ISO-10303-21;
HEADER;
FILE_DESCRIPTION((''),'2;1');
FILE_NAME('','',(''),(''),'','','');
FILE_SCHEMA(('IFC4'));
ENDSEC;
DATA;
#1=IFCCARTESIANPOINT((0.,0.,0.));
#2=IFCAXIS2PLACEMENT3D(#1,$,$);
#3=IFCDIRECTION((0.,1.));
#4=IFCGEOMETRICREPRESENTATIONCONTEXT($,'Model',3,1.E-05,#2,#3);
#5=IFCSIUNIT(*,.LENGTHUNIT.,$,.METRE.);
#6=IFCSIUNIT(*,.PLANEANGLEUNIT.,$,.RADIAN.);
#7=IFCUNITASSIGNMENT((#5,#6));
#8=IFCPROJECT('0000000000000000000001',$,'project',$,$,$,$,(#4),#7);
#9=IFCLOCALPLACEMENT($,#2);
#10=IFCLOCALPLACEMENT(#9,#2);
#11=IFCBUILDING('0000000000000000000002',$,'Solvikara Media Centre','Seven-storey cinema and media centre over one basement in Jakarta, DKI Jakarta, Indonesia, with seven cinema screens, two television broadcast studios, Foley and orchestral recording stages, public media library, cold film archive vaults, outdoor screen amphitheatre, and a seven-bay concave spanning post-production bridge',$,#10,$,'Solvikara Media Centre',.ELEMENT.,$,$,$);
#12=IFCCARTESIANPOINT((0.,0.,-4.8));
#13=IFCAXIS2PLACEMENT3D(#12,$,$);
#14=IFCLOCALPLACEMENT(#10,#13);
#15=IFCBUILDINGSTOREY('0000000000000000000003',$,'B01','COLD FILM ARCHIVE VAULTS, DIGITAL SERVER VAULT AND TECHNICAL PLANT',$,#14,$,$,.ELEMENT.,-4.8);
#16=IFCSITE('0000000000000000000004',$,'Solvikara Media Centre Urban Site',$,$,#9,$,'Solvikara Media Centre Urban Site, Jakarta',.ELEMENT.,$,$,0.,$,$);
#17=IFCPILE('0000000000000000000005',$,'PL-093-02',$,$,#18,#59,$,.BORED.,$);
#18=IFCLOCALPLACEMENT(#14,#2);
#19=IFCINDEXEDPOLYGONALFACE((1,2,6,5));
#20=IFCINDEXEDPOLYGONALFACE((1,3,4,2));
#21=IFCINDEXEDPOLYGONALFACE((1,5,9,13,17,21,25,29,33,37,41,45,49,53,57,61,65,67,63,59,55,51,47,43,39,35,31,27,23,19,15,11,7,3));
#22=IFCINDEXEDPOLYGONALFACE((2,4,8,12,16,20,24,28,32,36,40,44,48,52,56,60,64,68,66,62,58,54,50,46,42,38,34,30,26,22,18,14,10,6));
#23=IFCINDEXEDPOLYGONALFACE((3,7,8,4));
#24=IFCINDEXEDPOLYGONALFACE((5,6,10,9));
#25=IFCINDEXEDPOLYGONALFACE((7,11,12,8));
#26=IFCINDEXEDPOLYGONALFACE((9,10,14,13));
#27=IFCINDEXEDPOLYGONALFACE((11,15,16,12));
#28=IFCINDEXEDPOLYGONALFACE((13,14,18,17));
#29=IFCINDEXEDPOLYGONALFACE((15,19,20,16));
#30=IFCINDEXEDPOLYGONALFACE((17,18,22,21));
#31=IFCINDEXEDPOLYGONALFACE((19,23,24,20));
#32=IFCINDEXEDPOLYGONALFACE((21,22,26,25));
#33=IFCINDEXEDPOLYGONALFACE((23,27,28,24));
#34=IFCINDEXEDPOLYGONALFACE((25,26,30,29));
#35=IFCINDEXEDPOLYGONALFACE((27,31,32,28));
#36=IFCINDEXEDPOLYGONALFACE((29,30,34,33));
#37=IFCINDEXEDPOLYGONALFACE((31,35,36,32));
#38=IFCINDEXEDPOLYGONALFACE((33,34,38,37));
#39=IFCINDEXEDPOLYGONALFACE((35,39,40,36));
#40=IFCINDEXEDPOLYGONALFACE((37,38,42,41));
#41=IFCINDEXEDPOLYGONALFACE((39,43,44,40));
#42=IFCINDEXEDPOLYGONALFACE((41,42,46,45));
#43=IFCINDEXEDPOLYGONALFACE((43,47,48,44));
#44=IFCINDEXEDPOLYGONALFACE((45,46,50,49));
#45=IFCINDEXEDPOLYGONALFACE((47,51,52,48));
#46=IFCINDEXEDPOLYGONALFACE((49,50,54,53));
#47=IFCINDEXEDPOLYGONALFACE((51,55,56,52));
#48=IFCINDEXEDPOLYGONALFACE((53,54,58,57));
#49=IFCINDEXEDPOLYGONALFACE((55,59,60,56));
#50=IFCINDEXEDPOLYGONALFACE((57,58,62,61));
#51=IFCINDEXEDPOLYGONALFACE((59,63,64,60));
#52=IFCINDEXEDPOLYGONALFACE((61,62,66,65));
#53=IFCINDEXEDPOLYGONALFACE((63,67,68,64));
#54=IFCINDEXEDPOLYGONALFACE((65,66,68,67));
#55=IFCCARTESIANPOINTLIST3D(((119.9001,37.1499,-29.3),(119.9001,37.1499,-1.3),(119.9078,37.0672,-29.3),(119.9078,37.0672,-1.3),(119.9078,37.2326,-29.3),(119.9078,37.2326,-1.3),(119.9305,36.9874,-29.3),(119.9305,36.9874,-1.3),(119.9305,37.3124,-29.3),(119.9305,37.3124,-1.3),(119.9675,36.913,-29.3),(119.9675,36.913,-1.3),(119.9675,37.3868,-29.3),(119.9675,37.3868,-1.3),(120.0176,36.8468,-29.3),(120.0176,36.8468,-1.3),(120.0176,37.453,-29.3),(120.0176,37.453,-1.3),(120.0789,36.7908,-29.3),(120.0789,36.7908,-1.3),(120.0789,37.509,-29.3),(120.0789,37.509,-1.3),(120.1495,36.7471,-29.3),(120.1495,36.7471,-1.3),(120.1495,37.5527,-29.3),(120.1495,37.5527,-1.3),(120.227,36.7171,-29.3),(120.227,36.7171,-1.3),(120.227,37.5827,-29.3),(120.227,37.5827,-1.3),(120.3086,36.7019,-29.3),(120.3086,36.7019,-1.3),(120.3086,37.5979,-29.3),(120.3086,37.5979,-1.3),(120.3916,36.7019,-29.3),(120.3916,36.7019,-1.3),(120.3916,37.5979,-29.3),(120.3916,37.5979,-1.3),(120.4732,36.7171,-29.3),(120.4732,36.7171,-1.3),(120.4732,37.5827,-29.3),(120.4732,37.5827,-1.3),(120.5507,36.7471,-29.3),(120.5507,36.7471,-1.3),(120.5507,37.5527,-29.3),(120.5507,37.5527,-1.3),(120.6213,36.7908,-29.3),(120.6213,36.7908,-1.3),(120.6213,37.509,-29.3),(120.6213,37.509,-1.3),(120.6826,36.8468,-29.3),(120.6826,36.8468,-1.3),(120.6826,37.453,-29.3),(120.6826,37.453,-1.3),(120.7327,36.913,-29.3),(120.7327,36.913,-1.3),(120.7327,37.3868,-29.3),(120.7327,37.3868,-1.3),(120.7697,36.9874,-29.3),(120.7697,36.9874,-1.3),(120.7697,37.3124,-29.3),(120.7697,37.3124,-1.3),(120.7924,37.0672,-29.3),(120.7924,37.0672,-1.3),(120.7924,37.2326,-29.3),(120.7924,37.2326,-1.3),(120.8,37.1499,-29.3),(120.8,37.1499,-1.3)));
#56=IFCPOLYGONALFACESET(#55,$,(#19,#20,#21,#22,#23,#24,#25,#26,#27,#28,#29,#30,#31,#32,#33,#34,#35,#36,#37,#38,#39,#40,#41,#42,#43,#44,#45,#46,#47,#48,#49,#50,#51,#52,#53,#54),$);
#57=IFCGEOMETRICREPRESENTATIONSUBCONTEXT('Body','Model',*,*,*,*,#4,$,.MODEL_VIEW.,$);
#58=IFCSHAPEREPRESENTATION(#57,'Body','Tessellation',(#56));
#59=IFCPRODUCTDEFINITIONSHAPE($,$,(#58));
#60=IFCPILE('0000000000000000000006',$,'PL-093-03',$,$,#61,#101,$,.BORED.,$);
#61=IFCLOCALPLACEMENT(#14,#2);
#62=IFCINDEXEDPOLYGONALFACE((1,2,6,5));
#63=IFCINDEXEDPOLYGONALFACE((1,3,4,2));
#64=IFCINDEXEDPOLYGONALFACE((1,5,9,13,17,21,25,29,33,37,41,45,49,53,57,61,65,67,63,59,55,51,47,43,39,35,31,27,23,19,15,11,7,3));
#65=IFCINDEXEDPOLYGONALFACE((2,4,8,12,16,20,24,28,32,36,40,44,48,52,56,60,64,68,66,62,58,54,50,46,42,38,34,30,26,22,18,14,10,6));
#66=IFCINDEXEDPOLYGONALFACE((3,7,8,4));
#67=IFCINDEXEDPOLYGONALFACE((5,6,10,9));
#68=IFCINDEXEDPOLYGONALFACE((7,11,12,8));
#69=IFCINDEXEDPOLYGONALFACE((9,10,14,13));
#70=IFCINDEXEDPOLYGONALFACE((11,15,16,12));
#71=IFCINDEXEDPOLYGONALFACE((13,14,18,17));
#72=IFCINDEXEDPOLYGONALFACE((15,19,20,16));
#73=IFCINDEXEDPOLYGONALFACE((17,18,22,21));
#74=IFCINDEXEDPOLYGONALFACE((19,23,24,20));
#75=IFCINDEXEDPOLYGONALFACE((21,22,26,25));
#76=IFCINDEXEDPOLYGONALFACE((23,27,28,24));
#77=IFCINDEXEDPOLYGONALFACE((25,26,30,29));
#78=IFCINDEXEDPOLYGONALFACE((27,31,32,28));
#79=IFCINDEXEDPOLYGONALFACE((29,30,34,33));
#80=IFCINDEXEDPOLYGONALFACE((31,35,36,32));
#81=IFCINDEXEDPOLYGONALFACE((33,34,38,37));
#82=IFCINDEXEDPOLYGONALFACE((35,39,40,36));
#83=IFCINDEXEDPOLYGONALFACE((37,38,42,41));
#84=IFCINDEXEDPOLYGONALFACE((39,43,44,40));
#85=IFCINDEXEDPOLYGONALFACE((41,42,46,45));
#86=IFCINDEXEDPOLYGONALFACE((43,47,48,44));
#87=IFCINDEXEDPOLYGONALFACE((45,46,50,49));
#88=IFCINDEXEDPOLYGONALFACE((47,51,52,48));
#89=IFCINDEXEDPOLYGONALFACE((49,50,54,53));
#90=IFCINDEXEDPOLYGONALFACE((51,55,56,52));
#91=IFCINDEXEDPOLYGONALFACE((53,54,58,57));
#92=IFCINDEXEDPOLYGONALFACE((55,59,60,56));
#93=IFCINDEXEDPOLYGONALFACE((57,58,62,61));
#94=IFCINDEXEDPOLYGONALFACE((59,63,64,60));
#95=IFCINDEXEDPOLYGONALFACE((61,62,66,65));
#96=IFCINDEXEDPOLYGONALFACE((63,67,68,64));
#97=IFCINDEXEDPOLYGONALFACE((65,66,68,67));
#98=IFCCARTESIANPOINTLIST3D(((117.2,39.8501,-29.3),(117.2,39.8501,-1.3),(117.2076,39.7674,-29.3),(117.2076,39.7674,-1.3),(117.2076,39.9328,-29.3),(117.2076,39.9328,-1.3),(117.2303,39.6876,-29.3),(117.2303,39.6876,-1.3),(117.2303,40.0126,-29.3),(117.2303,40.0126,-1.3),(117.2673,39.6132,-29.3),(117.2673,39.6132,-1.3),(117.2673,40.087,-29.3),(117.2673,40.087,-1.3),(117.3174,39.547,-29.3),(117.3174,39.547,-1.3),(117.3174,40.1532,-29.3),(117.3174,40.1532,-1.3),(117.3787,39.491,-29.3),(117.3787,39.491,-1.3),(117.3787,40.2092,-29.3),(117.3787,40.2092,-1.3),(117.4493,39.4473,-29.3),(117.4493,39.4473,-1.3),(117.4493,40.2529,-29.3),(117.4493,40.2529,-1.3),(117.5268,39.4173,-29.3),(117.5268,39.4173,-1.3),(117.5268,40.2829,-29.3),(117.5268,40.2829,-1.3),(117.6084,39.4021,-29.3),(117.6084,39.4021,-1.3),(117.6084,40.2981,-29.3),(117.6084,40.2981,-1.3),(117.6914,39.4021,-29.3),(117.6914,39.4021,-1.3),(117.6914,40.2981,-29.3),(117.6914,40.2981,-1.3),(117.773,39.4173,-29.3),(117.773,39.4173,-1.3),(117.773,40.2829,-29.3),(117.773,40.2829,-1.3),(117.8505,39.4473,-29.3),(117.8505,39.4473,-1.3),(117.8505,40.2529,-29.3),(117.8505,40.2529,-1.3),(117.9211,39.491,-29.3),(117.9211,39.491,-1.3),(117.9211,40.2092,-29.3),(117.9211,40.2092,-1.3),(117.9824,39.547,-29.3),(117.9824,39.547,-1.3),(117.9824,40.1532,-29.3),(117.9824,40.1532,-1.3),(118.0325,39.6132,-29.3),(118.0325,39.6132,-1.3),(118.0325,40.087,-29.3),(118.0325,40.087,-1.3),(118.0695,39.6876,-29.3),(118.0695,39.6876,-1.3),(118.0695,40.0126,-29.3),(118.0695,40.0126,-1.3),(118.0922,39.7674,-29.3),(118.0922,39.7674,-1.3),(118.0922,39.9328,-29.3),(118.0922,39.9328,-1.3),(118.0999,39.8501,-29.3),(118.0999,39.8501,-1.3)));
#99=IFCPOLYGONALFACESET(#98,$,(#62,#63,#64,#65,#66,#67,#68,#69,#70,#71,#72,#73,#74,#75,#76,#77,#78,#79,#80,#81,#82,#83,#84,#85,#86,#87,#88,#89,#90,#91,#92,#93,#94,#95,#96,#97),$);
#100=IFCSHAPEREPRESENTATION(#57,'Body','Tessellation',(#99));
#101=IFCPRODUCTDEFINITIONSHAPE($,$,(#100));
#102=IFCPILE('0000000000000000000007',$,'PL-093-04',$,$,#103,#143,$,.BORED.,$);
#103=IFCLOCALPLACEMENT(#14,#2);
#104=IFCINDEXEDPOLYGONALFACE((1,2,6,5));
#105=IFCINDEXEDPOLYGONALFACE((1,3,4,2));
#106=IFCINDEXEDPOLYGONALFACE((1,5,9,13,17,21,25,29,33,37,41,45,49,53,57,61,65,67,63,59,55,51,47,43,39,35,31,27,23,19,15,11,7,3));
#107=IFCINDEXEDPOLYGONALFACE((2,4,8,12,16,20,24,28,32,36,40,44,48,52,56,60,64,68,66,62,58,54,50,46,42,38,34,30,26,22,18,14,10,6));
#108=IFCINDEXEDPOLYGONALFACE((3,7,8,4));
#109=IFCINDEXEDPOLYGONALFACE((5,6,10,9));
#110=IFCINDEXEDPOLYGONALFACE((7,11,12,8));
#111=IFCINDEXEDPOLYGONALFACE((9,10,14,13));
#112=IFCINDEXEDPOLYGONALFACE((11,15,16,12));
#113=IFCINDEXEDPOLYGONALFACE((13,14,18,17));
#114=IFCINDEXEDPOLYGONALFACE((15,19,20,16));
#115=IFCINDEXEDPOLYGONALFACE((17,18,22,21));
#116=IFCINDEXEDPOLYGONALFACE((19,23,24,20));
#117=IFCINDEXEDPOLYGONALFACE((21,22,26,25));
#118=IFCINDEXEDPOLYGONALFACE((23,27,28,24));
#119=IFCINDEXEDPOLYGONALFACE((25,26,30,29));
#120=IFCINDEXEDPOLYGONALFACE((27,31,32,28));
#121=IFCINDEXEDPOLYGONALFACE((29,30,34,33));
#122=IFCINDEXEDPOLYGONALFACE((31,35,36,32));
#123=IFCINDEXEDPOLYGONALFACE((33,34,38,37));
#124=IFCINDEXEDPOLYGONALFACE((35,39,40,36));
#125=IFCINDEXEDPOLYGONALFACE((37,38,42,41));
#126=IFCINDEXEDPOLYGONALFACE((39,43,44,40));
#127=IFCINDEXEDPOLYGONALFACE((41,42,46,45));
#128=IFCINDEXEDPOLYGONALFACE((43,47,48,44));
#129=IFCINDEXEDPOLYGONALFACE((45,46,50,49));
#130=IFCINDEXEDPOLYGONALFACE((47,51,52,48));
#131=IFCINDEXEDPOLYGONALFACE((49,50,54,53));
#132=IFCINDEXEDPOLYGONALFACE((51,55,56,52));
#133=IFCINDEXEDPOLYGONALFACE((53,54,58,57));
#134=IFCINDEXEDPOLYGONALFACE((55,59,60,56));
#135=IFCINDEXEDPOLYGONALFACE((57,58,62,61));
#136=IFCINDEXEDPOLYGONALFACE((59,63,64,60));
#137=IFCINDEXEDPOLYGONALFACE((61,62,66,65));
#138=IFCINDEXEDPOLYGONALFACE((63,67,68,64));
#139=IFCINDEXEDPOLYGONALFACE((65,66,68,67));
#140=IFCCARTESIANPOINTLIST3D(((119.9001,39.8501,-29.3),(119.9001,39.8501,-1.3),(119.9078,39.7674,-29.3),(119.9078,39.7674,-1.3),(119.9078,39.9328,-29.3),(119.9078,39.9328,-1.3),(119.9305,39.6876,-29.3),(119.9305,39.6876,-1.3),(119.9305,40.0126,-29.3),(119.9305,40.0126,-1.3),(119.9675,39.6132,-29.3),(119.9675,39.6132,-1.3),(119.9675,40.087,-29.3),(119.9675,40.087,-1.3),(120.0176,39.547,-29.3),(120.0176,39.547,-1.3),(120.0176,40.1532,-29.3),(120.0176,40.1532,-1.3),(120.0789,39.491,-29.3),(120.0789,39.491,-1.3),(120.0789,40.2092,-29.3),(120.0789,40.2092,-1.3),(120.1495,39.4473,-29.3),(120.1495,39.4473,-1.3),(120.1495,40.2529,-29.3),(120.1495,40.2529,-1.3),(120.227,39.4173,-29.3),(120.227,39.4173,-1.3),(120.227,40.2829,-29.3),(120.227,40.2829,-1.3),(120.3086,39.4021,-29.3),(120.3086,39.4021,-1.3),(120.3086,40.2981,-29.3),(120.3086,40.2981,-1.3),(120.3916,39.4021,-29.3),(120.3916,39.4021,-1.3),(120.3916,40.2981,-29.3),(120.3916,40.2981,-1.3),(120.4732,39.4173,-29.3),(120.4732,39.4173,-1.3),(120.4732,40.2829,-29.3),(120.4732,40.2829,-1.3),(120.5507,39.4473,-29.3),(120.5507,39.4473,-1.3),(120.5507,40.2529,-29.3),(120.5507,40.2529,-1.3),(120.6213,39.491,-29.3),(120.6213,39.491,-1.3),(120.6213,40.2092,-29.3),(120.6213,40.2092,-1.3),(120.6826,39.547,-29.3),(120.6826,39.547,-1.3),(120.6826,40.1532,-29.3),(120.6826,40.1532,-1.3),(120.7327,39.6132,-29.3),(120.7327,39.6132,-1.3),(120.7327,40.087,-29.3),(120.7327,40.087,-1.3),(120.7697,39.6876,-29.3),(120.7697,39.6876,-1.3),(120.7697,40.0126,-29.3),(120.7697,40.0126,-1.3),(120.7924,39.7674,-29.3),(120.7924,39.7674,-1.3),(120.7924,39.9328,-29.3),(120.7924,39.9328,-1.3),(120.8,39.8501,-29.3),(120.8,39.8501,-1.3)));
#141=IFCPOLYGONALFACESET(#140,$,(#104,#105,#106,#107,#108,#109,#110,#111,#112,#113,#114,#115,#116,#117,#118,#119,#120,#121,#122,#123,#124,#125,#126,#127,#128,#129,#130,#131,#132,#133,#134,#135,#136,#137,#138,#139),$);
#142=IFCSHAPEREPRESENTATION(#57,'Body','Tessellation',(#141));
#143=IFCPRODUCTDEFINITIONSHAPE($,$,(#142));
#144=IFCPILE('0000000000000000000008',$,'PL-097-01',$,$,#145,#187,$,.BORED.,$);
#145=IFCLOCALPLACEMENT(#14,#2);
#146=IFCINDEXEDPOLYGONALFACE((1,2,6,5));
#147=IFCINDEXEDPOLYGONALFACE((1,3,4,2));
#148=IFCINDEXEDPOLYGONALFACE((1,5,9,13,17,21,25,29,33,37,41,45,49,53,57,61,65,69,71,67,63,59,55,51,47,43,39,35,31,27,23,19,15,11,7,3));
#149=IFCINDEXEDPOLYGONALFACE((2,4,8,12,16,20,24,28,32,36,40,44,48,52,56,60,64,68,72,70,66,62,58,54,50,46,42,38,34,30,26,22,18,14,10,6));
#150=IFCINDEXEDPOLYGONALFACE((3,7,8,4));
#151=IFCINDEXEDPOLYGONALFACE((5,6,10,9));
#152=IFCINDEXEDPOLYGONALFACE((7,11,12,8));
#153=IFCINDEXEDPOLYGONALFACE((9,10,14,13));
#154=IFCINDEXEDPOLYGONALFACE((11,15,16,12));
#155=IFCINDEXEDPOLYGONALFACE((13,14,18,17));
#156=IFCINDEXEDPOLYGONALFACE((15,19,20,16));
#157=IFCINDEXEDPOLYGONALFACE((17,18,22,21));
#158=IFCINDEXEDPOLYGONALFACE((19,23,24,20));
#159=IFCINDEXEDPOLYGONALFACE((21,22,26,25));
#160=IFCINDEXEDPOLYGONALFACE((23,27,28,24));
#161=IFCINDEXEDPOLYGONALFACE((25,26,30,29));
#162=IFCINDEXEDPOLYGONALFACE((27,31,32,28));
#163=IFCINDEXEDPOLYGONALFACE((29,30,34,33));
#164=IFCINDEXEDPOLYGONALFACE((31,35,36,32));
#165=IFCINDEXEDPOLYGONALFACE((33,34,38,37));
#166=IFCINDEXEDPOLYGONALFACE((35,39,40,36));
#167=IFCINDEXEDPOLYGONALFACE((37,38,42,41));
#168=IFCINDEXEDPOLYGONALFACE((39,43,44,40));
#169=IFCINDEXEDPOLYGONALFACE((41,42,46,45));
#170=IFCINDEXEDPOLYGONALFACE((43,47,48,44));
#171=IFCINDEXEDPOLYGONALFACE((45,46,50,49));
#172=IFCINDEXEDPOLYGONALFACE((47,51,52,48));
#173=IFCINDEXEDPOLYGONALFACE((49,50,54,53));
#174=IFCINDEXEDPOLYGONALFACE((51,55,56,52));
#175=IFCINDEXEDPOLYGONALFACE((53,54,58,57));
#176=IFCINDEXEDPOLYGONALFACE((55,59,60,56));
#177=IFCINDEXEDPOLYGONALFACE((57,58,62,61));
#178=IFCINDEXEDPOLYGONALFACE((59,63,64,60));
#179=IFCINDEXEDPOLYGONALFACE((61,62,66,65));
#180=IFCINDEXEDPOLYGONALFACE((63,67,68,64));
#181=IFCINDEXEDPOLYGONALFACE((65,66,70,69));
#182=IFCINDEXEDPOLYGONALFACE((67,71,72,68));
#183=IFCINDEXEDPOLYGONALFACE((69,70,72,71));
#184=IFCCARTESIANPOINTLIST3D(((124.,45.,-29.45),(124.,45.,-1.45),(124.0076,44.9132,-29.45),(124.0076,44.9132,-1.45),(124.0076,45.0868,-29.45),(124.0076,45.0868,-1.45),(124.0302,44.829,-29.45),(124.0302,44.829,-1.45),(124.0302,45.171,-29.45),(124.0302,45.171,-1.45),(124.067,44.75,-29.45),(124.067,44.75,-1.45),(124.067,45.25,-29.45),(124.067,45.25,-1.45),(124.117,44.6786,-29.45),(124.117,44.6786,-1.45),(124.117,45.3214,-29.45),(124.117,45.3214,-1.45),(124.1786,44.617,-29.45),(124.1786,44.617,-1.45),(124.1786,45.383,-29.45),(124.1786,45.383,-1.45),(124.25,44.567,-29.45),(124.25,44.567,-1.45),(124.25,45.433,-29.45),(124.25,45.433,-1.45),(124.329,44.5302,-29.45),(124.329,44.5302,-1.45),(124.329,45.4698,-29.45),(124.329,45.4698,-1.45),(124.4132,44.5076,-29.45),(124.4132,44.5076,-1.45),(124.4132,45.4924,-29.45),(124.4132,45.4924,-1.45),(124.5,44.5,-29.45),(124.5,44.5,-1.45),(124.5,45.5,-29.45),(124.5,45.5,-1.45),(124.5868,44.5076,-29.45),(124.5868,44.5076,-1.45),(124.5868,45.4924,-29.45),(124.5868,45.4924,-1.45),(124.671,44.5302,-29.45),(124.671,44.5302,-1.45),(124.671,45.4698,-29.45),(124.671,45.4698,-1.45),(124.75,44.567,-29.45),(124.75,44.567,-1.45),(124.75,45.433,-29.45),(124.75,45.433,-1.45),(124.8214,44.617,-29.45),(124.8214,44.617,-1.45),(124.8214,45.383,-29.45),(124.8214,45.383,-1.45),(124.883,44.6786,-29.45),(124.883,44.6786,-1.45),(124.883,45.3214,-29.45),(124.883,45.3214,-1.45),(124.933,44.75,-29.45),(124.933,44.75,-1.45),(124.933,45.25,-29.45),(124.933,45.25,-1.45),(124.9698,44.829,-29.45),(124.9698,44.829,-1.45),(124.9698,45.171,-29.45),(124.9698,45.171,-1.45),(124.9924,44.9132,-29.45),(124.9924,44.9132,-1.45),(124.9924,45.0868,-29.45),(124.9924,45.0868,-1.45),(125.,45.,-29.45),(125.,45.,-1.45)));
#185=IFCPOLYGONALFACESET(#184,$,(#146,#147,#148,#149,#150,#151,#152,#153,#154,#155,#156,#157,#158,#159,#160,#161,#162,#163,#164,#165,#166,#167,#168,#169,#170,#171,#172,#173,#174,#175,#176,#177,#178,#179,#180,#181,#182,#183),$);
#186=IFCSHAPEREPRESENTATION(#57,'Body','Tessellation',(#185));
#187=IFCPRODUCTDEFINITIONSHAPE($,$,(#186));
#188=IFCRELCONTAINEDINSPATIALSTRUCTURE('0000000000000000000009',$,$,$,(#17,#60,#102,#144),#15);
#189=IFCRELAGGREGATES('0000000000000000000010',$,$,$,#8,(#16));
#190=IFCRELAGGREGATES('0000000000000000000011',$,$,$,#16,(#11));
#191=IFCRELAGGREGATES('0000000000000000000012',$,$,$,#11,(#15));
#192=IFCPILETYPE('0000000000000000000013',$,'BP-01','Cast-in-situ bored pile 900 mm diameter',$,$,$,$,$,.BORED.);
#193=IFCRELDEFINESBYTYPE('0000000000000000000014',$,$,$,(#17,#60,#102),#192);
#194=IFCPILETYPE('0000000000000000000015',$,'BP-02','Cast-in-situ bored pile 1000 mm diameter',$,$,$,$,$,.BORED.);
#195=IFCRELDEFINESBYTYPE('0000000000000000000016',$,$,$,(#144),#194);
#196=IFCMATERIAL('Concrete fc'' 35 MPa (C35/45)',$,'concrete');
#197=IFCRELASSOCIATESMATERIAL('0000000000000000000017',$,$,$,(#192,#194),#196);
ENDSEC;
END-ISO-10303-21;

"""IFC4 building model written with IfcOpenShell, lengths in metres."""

from ifc_helpers import new_model, si_unit, direction, frame, origin, origin_2d, place, context, subcontext, project, spatial, circle, extrude, material, material_profile, profile_set, type_object, element, save


model = new_model("IFC4")

# Units and contexts
model_context = context("Model", 3, precision=1e-05, world=origin(), true_north=direction((0.0, 1.0)))
body_context = subcontext(model_context, "Body", "Model", "MODEL_VIEW")
ifc_project = project(units=[si_unit("LENGTHUNIT", "METRE"), si_unit("PLANEANGLEUNIT", "RADIAN")], contexts=[model_context])

# Site, building, storey
site_placement = place(None, origin())
site = spatial("IfcSite", under=ifc_project, at=site_placement, Name="Solvikara Media Centre Urban Site", LongName="Solvikara Media Centre Urban Site, Jakarta", CompositionType="ELEMENT", RefElevation=0.0)
building_placement = place(site_placement, origin())
building = spatial("IfcBuilding", under=site, at=building_placement, Name="Solvikara Media Centre", Description="Seven-storey cinema and media centre over one basement in Jakarta, DKI Jakarta, Indonesia, with seven cinema screens, two television broadcast studios, Foley and orchestral recording stages, public media library, cold film archive vaults, outdoor screen amphitheatre, and a seven-bay concave spanning post-production bridge", LongName="Solvikara Media Centre", CompositionType="ELEMENT")
storey_placement = place(building_placement, frame((0.0, 0.0, -4.8)))
storey = spatial("IfcBuildingStorey", under=building, at=storey_placement, Name="B01", Description="COLD FILM ARCHIVE VAULTS, DIGITAL SERVER VAULT AND TECHNICAL PLANT", CompositionType="ELEMENT", Elevation=-4.8)

# Piles
ifc_material_1 = material(Name="Concrete fc' 35 MPa (C35/45)", Category="concrete")
ifc_material_profile_1 = material_profile(ifc_material_1, circle(Radius=0.45, at=origin_2d()), Name="BORED PILE D900")
ifc_profile_set_1 = profile_set([ifc_material_profile_1], Name="Concrete fc' 35 MPa (C35/45)")
pile_type_1 = type_object("IfcPileType", Name="BP-01", Description="Cast-in-situ bored pile 900 mm diameter", PredefinedType="BORED", material=ifc_profile_set_1)
for number, where, z_axis, x_axis, name in (
    (1, (120.3501, 37.1499, -1.3), (0.0, 0.0, -1.0), (1.0, 0.0, 0.0), "PL-093-02"),
    (2, (117.6499, 39.8501, -1.3), (0.0, 0.0, -1.0), (1.0, 0.0, 0.0), "PL-093-03"),
    (3, (120.3501, 39.8501, -1.3), (0.0, 0.0, -1.0), (1.0, 0.0, 0.0), "PL-093-04"),
):
    element("IfcPile", number, at=place(storey_placement, frame(where, z_axis=z_axis, x_axis=x_axis)), inside=storey, type_object=pile_type_1, Name=name, PredefinedType="BORED", context=body_context, shape_type="SweptSolid", body=[
        extrude(circle(Radius=0.45, at=origin_2d()), origin(), (0.0, 0.0, 1.0), 28.0),
    ])
ifc_material_profile_2 = material_profile(ifc_material_1, circle(Radius=0.5, at=origin_2d()), Name="BORED PILE D1000")
ifc_profile_set_2 = profile_set([ifc_material_profile_2], Name="Concrete fc' 35 MPa (C35/45)")
pile_type_2 = type_object("IfcPileType", Name="BP-02", Description="Cast-in-situ bored pile 1000 mm diameter", PredefinedType="BORED", material=ifc_profile_set_2)
for number, where, z_axis, x_axis, name in (
    (4, (124.5, 45.0, -1.45), (0.0, 0.0, -1.0), (1.0, 0.0, 0.0), "PL-097-01"),
):
    element("IfcPile", number, at=place(storey_placement, frame(where, z_axis=z_axis, x_axis=x_axis)), inside=storey, type_object=pile_type_2, Name=name, PredefinedType="BORED", context=body_context, shape_type="SweptSolid", body=[
        extrude(circle(Radius=0.5, at=origin_2d()), origin(), (0.0, 0.0, 1.0), 28.0),
    ])

save(model, "model.ifc")
